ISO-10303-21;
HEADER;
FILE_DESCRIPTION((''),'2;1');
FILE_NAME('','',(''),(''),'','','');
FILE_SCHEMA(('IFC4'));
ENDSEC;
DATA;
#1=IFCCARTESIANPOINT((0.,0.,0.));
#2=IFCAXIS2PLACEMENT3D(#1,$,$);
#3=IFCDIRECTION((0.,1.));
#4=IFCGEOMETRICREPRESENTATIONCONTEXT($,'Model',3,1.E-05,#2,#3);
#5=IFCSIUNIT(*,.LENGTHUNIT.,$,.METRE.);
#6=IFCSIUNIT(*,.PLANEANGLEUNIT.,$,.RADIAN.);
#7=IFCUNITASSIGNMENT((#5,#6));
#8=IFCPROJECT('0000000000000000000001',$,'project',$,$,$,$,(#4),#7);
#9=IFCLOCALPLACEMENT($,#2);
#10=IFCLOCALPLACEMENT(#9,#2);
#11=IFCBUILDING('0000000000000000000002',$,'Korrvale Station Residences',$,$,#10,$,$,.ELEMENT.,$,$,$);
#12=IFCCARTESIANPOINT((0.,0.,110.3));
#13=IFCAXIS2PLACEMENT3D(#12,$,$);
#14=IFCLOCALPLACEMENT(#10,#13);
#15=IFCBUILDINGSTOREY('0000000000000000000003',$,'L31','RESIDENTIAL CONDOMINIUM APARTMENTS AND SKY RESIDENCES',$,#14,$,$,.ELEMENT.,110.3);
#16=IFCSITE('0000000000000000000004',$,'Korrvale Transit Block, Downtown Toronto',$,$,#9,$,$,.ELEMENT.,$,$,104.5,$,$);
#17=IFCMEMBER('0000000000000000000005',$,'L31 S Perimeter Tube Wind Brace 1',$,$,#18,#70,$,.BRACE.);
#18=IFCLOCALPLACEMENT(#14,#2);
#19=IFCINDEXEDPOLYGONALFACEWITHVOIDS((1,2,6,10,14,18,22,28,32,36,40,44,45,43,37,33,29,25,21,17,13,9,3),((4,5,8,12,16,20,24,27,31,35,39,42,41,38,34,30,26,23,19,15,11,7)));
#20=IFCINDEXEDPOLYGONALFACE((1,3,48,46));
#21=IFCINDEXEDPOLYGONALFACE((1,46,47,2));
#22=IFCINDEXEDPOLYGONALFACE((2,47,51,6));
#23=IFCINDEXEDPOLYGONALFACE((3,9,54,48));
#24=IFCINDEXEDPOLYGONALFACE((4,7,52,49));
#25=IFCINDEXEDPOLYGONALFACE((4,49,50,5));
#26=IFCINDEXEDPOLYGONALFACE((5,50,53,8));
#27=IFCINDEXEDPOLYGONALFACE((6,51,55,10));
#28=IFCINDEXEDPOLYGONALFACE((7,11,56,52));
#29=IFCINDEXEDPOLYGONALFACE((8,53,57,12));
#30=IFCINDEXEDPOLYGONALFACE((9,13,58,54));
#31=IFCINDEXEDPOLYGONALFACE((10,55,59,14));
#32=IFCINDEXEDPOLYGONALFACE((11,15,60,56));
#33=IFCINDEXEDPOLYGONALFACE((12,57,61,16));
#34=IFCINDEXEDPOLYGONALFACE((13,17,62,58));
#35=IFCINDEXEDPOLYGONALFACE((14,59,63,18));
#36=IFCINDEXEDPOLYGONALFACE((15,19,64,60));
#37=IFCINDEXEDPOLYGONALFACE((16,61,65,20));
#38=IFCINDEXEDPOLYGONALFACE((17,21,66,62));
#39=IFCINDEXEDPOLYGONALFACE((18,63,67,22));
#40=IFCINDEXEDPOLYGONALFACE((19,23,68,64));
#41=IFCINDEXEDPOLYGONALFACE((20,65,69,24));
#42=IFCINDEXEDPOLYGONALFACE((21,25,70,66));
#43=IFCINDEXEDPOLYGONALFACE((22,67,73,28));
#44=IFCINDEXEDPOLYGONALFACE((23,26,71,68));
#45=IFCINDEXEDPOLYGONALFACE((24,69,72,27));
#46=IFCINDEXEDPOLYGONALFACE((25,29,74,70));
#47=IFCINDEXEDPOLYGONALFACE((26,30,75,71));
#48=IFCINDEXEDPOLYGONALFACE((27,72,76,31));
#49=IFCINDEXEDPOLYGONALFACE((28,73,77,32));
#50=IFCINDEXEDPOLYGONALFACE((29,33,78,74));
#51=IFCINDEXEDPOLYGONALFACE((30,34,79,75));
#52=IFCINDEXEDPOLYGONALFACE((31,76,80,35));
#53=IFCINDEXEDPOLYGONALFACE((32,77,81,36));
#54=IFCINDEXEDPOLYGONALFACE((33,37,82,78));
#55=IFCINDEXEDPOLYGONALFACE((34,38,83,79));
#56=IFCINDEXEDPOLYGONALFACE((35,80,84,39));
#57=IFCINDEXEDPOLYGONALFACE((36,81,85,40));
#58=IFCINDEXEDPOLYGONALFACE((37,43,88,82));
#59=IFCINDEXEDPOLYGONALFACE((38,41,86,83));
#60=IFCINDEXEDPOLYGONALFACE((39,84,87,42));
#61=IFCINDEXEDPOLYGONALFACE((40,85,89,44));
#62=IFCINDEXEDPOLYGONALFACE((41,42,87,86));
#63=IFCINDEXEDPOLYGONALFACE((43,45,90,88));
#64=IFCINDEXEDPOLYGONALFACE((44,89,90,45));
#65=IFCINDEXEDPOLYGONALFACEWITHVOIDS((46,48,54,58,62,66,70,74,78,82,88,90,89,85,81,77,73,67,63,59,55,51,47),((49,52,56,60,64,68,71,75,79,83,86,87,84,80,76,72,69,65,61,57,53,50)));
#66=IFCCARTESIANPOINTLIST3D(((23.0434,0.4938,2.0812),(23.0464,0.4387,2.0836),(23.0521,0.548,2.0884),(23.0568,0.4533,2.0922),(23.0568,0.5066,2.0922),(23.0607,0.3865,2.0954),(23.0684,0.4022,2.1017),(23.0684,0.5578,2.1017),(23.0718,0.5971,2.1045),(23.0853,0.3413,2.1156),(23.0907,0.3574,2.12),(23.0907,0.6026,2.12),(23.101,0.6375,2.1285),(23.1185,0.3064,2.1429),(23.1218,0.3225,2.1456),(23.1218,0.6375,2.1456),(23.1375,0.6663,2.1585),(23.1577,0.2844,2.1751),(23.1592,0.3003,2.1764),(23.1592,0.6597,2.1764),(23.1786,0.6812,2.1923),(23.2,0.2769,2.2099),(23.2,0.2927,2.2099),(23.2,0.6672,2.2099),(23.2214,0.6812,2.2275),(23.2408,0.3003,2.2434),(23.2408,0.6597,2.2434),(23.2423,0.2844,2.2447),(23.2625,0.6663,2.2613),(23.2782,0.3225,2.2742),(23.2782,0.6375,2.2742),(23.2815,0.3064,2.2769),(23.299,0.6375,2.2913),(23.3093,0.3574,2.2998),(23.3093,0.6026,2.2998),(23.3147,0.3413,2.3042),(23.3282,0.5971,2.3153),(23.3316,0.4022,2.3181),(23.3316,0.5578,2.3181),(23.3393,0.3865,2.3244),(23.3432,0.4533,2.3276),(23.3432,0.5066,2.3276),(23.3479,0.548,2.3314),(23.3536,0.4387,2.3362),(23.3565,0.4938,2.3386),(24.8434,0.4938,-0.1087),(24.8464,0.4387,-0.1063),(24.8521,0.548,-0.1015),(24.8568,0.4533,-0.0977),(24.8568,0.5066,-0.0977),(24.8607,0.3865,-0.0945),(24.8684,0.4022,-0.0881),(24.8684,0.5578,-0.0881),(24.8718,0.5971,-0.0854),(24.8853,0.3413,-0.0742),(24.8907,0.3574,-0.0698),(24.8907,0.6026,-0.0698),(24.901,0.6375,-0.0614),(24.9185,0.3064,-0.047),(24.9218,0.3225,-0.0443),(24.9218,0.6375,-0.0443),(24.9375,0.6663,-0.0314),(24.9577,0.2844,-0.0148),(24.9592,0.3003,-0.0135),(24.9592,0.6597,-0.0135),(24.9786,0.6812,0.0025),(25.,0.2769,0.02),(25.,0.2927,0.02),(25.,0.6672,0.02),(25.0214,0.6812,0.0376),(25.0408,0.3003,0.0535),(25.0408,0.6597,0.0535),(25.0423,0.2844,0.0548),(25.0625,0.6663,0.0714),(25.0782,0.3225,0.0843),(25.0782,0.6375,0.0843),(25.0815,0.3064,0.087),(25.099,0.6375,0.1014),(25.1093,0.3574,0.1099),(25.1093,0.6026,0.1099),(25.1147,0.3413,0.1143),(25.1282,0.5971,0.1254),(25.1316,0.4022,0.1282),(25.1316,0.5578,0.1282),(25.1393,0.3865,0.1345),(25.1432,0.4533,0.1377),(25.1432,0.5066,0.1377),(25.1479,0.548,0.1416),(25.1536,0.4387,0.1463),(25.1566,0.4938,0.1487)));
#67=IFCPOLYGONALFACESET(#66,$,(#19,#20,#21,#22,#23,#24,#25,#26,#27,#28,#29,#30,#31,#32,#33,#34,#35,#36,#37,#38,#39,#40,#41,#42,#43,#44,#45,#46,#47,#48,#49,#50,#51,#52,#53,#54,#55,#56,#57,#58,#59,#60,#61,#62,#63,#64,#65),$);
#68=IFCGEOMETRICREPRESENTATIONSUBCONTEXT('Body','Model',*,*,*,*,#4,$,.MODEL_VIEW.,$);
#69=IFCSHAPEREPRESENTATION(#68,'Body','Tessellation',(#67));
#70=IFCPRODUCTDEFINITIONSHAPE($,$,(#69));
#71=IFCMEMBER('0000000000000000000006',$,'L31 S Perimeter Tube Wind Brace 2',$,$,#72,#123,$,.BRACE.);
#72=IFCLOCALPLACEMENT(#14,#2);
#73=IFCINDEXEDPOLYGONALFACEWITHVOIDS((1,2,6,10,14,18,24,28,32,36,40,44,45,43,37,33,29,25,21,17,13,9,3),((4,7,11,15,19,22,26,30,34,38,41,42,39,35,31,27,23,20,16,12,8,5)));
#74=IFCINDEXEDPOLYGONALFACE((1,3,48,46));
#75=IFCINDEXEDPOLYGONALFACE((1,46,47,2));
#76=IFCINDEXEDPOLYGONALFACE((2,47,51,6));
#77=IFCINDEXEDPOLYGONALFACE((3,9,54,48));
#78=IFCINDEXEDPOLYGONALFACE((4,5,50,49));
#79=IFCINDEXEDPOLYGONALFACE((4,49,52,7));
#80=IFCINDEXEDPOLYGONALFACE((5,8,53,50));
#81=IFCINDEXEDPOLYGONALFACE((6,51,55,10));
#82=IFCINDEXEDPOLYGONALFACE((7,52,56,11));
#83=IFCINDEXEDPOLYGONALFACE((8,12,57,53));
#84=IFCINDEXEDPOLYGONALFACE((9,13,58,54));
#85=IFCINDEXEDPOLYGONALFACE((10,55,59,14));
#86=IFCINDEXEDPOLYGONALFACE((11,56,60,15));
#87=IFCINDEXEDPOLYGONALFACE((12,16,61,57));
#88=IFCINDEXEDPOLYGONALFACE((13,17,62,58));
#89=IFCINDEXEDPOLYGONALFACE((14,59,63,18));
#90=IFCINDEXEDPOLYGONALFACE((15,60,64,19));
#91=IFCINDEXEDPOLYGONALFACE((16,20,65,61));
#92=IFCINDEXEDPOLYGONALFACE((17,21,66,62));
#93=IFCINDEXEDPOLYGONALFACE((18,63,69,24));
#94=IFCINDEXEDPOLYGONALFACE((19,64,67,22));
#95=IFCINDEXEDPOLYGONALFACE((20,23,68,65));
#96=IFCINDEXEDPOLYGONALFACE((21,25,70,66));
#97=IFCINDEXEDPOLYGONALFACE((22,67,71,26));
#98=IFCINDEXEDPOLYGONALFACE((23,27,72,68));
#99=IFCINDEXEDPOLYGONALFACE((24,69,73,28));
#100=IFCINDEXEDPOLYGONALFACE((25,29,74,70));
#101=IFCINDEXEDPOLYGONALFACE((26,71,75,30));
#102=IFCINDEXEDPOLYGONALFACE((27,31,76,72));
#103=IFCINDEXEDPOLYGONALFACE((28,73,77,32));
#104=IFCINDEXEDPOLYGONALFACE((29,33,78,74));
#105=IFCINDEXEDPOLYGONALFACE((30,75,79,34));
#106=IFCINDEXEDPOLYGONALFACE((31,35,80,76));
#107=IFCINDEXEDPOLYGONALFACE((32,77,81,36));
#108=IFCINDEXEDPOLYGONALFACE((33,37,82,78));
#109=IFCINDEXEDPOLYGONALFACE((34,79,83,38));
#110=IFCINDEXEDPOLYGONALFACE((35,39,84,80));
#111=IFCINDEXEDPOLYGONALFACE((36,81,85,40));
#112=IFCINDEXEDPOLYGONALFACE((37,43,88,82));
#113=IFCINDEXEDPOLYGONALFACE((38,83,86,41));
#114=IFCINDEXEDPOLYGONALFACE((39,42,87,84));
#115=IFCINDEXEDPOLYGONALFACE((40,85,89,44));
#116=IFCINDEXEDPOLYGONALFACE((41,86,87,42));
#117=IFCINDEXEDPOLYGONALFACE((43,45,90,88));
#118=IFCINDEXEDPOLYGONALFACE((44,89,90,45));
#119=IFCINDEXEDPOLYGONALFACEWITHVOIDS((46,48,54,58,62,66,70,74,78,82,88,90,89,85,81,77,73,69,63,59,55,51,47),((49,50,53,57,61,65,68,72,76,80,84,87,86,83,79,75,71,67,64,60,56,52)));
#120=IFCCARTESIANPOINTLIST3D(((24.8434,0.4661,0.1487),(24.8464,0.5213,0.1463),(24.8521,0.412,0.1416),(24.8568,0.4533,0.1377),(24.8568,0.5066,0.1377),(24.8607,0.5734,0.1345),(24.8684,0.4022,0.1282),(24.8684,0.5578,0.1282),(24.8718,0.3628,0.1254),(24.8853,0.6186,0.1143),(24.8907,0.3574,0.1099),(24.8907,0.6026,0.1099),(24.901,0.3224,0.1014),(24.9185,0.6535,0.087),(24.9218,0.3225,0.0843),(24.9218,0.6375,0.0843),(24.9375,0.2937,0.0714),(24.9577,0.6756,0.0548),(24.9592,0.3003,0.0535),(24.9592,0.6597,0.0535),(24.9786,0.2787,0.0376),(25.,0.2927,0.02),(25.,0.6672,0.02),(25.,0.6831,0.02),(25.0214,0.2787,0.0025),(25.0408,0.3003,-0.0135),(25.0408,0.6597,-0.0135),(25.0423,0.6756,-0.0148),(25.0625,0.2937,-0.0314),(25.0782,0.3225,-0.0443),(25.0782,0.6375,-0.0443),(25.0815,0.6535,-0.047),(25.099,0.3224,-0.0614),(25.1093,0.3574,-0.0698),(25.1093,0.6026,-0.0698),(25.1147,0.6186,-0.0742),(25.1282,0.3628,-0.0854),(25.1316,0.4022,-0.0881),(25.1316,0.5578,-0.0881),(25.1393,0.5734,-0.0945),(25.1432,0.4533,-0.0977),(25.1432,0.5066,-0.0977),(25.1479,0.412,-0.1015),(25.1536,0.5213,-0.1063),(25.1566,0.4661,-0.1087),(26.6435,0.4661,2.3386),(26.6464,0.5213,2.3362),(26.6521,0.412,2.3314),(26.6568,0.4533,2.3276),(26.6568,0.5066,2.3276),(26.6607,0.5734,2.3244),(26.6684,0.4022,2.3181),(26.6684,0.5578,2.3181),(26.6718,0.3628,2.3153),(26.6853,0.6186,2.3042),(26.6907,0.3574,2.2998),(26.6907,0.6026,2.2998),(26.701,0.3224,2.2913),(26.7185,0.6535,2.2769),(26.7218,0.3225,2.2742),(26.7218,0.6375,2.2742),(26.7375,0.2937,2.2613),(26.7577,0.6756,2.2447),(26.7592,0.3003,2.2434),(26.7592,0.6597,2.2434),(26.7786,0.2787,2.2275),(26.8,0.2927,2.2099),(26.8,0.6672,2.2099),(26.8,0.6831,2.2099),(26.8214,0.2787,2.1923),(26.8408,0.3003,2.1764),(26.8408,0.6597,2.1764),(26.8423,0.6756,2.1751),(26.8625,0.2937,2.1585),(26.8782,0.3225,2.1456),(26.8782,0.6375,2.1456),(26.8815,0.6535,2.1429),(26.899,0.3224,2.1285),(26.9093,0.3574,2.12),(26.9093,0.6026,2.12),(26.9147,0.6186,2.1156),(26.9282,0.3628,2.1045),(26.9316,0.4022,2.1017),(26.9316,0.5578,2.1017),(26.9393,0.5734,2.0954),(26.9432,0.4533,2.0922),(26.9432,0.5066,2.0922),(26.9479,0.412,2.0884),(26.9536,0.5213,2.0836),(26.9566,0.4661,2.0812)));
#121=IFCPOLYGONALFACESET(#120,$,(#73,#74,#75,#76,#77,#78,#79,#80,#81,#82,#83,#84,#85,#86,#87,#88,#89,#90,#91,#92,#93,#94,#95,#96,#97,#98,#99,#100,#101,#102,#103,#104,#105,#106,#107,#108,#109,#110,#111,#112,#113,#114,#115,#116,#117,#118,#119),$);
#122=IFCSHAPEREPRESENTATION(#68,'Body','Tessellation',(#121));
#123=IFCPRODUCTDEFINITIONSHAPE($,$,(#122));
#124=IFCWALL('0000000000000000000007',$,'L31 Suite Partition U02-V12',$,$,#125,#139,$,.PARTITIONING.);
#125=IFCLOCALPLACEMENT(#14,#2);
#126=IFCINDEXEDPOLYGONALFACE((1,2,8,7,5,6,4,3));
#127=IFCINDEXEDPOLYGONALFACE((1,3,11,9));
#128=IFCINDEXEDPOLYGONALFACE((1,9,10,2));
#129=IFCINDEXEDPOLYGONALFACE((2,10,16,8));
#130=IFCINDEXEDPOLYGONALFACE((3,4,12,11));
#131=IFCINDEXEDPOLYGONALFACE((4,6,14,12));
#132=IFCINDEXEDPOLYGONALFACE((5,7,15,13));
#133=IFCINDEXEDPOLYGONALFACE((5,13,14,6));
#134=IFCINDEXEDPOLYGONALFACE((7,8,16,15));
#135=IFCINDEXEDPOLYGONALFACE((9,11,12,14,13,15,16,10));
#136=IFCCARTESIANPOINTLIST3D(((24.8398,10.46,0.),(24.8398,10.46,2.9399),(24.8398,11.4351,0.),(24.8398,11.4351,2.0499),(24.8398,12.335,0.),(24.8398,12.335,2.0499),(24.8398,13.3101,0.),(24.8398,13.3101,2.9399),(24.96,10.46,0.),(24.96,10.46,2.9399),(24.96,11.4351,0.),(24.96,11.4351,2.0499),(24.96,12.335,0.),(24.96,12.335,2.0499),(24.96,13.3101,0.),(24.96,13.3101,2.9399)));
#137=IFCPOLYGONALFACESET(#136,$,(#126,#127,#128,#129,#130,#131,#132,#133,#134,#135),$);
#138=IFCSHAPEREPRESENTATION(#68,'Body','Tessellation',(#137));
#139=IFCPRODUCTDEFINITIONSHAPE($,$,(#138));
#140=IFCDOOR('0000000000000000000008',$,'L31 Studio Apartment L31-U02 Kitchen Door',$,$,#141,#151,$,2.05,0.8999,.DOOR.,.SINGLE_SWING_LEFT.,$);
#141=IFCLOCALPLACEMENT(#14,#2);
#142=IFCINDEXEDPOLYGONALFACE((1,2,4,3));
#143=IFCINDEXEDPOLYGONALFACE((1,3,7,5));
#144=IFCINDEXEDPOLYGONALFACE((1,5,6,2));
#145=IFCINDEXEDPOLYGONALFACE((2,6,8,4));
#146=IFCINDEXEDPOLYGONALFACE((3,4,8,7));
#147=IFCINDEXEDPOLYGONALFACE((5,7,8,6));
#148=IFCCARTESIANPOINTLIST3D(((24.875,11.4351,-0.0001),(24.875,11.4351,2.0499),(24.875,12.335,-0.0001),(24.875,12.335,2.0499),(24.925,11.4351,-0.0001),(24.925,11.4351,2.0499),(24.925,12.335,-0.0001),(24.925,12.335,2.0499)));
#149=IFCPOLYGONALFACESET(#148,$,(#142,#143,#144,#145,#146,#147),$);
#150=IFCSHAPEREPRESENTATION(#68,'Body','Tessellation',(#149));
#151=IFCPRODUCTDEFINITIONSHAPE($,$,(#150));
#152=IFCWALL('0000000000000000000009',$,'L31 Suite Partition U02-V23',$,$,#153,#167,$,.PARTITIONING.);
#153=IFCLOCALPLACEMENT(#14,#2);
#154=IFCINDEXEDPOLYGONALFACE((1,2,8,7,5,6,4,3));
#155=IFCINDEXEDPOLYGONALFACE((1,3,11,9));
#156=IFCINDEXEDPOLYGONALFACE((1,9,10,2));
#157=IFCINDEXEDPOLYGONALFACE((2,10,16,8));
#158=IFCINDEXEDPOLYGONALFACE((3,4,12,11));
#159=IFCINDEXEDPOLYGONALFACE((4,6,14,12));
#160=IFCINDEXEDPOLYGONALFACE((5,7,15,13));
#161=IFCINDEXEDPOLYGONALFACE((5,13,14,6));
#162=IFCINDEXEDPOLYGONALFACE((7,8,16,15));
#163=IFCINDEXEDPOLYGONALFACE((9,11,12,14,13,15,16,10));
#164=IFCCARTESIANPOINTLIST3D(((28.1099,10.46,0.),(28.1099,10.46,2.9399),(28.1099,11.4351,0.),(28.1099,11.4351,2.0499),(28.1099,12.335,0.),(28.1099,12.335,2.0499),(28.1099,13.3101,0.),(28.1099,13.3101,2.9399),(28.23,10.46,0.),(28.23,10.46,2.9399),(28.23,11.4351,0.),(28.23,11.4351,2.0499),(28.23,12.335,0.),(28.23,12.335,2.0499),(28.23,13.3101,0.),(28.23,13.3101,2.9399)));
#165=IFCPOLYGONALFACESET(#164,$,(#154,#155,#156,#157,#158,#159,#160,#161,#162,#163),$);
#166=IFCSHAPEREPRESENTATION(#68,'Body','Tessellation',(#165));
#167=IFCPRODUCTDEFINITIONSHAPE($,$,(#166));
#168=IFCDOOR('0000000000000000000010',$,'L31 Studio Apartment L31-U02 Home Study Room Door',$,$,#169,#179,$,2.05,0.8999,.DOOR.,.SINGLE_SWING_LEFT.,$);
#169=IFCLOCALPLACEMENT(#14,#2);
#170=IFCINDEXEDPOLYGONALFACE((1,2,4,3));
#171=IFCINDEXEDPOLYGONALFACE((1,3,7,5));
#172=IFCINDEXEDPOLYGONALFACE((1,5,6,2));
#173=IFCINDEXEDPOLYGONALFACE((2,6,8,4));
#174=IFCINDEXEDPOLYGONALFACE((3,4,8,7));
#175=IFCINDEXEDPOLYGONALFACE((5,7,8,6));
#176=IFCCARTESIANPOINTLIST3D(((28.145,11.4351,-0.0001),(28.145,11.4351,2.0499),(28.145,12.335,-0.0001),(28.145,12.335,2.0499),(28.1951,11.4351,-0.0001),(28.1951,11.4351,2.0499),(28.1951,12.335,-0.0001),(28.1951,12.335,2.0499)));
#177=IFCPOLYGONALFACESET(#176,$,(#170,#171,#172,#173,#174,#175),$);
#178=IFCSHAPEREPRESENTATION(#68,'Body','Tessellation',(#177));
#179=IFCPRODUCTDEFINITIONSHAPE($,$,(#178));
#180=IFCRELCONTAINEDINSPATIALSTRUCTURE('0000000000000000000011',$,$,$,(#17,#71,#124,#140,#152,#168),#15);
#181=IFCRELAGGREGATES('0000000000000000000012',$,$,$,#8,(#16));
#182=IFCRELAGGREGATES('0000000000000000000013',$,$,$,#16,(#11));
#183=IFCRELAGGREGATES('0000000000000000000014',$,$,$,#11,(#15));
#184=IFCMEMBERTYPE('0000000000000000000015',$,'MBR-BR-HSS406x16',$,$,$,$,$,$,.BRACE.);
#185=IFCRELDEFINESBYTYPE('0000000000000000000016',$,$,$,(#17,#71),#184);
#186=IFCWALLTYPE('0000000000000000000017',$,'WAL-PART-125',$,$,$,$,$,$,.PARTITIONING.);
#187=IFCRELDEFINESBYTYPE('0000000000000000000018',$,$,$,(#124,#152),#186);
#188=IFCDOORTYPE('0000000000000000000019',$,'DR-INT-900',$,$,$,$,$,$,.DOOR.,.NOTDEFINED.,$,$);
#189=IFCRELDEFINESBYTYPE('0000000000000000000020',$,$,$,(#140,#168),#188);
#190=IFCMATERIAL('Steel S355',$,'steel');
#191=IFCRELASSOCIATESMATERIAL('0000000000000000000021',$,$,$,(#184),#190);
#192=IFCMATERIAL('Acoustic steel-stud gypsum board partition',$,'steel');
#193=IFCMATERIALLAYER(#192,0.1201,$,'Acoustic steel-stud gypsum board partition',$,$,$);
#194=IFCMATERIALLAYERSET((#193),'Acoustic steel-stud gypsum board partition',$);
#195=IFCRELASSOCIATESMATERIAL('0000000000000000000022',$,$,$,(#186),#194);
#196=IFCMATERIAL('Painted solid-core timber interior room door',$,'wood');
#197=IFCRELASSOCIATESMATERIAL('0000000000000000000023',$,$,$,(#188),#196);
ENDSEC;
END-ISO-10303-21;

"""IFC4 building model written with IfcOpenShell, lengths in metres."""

from ifc_helpers import new_model, si_unit, direction, frame, frame_2d, origin, origin_2d, place, context, subcontext, project, spatial, rectangle, hollow_circle, extrude, material, layer, layer_set, material_profile, profile_set, type_object, element, fill, save


model = new_model("IFC4")

# Units and contexts
model_context = context("Model", 3, precision=1e-05, world=origin(), true_north=direction((0.0, 1.0)))
body_context = subcontext(model_context, "Body", "Model", "MODEL_VIEW")
ifc_project = project(units=[si_unit("LENGTHUNIT", "METRE"), si_unit("PLANEANGLEUNIT", "RADIAN")], contexts=[model_context])

# Site, building, storey
site_placement = place(None, origin())
site = spatial("IfcSite", under=ifc_project, at=site_placement, Name="Korrvale Transit Block, Downtown Toronto", CompositionType="ELEMENT", RefElevation=104.5)
building_placement = place(site_placement, origin())
building = spatial("IfcBuilding", under=site, at=building_placement, Name="Korrvale Station Residences", CompositionType="ELEMENT")
storey_placement = place(building_placement, frame((0.0, 0.0, 110.3)))
storey = spatial("IfcBuildingStorey", under=building, at=storey_placement, Name="L31", Description="RESIDENTIAL CONDOMINIUM APARTMENTS AND SKY RESIDENCES", CompositionType="ELEMENT", Elevation=110.3)

# Shared definitions
ifc_material_1 = material(Name="Steel S355", Category="steel")

# Members
ifc_material_profile_1 = material_profile(ifc_material_1, hollow_circle(Radius=0.2031, WallThickness=0.0159, at=origin_2d()), Name="HSS406x16")
ifc_profile_set_1 = profile_set([ifc_material_profile_1], Name="Steel S355")
member_type = type_object("IfcMemberType", Name="MBR-BR-HSS406x16", PredefinedType="BRACE", material=ifc_profile_set_1)
for number, where, z_axis, x_axis, name in (
    (1, (25.0, 0.48, 0.02), (-0.634985, 0.0, 0.772524), (0.0, -1.0, 0.0), "L31 S Perimeter Tube Wind Brace 1"),
    (2, (25.0, 0.48, 0.02), (0.634985, 0.0, 0.772524), (0.0, 1.0, 0.0), "L31 S Perimeter Tube Wind Brace 2"),
):
    element("IfcMember", number, at=place(storey_placement, frame(where, z_axis=z_axis, x_axis=x_axis)), inside=storey, type_object=member_type, Name=name, PredefinedType="BRACE", context=body_context, shape_type="SweptSolid", body=[
        extrude(hollow_circle(Radius=0.2031, WallThickness=0.0159, at=origin_2d()), origin(), (0.0, 0.0, 1.0), 2.8347),
    ])

# Walls, openings, doors
ifc_material_2 = material(Name="Acoustic steel-stud gypsum board partition", Category="steel")
ifc_layer_1 = layer(ifc_material_2, 0.1201, Name="Acoustic steel-stud gypsum board partition")
ifc_layer_set_1 = layer_set([ifc_layer_1], Name="Acoustic steel-stud gypsum board partition")
wall_type = type_object("IfcWallType", Name="WAL-PART-125", PredefinedType="PARTITIONING", material=ifc_layer_set_1)
wall_1_placement = place(storey_placement, frame((24.8999, 10.46, 0.0), z_axis=(0.0, 0.0, 1.0), x_axis=(0.0, 1.0, 0.0)))
wall_1 = element("IfcWall", 3, at=wall_1_placement, inside=storey, type_object=wall_type, Name="L31 Suite Partition U02-V12", PredefinedType="PARTITIONING", context=body_context, shape_type="SweptSolid", body=[
    extrude(rectangle(XDim=2.8501, YDim=0.1201, at=frame_2d((1.425, 0.0))), origin(), (0.0, 0.0, 1.0), 2.9399),
])
opening_1_placement = place(wall_1_placement, frame((0.9751, 0.0, 0.0)))
opening_1 = element("IfcOpeningElement", 4, at=opening_1_placement, cuts=wall_1, PredefinedType="OPENING", context=body_context, shape_type="SweptSolid", body=[
    extrude(rectangle(XDim=0.8999, YDim=2.05, at=frame_2d((0.45, 1.0249))), frame((0.0, 0.0701, 0.0), z_axis=(0.0, -1.0, 0.0), x_axis=(1.0, 0.0, 0.0)), (0.0, 0.0, 1.0), 0.1401),
])
ifc_material_3 = material(Name="Painted solid-core timber interior room door", Category="wood")
door_type = type_object("IfcDoorType", Name="DR-INT-900", OperationType="NOTDEFINED", PredefinedType="DOOR", material=ifc_material_3)
door_1_placement = place(opening_1_placement, origin())
door_1 = element("IfcDoor", 5, at=door_1_placement, inside=storey, type_object=door_type, Name="L31 Studio Apartment L31-U02 Kitchen Door", OperationType="SINGLE_SWING_LEFT", OverallHeight=2.05, OverallWidth=0.8999, PredefinedType="DOOR", context=body_context, shape_type="SweptSolid", body=[
    extrude(rectangle(XDim=0.8999, YDim=2.05, at=frame_2d((0.45, 1.0249))), frame((0.0, 0.0249, 0.0), z_axis=(0.0, -1.0, 0.0), x_axis=(1.0, 0.0, 0.0)), (0.0, 0.0, 1.0), 0.05),
])
fill(opening_1, door_1)
wall_2_placement = place(storey_placement, frame((28.1699, 10.46, 0.0), z_axis=(0.0, 0.0, 1.0), x_axis=(0.0, 1.0, 0.0)))
wall_2 = element("IfcWall", 6, at=wall_2_placement, inside=storey, type_object=wall_type, Name="L31 Suite Partition U02-V23", PredefinedType="PARTITIONING", context=body_context, shape_type="SweptSolid", body=[
    extrude(rectangle(XDim=2.8501, YDim=0.1201, at=frame_2d((1.425, 0.0))), origin(), (0.0, 0.0, 1.0), 2.9399),
])
opening_2_placement = place(wall_2_placement, frame((0.9751, 0.0, 0.0)))
opening_2 = element("IfcOpeningElement", 7, at=opening_2_placement, cuts=wall_2, PredefinedType="OPENING", context=body_context, shape_type="SweptSolid", body=[
    extrude(rectangle(XDim=0.8999, YDim=2.05, at=frame_2d((0.45, 1.0249))), frame((0.0, 0.0701, 0.0), z_axis=(0.0, -1.0, 0.0), x_axis=(1.0, 0.0, 0.0)), (0.0, 0.0, 1.0), 0.1401),
])
door_2_placement = place(opening_2_placement, origin())
door_2 = element("IfcDoor", 8, at=door_2_placement, inside=storey, type_object=door_type, Name="L31 Studio Apartment L31-U02 Home Study Room Door", OperationType="SINGLE_SWING_LEFT", OverallHeight=2.05, OverallWidth=0.8999, PredefinedType="DOOR", context=body_context, shape_type="SweptSolid", body=[
    extrude(rectangle(XDim=0.8999, YDim=2.05, at=frame_2d((0.45, 1.0249))), frame((0.0, 0.0249, 0.0), z_axis=(0.0, -1.0, 0.0), x_axis=(1.0, 0.0, 0.0)), (0.0, 0.0, 1.0), 0.05),
])
fill(opening_2, door_2)

save(model, "model.ifc")
